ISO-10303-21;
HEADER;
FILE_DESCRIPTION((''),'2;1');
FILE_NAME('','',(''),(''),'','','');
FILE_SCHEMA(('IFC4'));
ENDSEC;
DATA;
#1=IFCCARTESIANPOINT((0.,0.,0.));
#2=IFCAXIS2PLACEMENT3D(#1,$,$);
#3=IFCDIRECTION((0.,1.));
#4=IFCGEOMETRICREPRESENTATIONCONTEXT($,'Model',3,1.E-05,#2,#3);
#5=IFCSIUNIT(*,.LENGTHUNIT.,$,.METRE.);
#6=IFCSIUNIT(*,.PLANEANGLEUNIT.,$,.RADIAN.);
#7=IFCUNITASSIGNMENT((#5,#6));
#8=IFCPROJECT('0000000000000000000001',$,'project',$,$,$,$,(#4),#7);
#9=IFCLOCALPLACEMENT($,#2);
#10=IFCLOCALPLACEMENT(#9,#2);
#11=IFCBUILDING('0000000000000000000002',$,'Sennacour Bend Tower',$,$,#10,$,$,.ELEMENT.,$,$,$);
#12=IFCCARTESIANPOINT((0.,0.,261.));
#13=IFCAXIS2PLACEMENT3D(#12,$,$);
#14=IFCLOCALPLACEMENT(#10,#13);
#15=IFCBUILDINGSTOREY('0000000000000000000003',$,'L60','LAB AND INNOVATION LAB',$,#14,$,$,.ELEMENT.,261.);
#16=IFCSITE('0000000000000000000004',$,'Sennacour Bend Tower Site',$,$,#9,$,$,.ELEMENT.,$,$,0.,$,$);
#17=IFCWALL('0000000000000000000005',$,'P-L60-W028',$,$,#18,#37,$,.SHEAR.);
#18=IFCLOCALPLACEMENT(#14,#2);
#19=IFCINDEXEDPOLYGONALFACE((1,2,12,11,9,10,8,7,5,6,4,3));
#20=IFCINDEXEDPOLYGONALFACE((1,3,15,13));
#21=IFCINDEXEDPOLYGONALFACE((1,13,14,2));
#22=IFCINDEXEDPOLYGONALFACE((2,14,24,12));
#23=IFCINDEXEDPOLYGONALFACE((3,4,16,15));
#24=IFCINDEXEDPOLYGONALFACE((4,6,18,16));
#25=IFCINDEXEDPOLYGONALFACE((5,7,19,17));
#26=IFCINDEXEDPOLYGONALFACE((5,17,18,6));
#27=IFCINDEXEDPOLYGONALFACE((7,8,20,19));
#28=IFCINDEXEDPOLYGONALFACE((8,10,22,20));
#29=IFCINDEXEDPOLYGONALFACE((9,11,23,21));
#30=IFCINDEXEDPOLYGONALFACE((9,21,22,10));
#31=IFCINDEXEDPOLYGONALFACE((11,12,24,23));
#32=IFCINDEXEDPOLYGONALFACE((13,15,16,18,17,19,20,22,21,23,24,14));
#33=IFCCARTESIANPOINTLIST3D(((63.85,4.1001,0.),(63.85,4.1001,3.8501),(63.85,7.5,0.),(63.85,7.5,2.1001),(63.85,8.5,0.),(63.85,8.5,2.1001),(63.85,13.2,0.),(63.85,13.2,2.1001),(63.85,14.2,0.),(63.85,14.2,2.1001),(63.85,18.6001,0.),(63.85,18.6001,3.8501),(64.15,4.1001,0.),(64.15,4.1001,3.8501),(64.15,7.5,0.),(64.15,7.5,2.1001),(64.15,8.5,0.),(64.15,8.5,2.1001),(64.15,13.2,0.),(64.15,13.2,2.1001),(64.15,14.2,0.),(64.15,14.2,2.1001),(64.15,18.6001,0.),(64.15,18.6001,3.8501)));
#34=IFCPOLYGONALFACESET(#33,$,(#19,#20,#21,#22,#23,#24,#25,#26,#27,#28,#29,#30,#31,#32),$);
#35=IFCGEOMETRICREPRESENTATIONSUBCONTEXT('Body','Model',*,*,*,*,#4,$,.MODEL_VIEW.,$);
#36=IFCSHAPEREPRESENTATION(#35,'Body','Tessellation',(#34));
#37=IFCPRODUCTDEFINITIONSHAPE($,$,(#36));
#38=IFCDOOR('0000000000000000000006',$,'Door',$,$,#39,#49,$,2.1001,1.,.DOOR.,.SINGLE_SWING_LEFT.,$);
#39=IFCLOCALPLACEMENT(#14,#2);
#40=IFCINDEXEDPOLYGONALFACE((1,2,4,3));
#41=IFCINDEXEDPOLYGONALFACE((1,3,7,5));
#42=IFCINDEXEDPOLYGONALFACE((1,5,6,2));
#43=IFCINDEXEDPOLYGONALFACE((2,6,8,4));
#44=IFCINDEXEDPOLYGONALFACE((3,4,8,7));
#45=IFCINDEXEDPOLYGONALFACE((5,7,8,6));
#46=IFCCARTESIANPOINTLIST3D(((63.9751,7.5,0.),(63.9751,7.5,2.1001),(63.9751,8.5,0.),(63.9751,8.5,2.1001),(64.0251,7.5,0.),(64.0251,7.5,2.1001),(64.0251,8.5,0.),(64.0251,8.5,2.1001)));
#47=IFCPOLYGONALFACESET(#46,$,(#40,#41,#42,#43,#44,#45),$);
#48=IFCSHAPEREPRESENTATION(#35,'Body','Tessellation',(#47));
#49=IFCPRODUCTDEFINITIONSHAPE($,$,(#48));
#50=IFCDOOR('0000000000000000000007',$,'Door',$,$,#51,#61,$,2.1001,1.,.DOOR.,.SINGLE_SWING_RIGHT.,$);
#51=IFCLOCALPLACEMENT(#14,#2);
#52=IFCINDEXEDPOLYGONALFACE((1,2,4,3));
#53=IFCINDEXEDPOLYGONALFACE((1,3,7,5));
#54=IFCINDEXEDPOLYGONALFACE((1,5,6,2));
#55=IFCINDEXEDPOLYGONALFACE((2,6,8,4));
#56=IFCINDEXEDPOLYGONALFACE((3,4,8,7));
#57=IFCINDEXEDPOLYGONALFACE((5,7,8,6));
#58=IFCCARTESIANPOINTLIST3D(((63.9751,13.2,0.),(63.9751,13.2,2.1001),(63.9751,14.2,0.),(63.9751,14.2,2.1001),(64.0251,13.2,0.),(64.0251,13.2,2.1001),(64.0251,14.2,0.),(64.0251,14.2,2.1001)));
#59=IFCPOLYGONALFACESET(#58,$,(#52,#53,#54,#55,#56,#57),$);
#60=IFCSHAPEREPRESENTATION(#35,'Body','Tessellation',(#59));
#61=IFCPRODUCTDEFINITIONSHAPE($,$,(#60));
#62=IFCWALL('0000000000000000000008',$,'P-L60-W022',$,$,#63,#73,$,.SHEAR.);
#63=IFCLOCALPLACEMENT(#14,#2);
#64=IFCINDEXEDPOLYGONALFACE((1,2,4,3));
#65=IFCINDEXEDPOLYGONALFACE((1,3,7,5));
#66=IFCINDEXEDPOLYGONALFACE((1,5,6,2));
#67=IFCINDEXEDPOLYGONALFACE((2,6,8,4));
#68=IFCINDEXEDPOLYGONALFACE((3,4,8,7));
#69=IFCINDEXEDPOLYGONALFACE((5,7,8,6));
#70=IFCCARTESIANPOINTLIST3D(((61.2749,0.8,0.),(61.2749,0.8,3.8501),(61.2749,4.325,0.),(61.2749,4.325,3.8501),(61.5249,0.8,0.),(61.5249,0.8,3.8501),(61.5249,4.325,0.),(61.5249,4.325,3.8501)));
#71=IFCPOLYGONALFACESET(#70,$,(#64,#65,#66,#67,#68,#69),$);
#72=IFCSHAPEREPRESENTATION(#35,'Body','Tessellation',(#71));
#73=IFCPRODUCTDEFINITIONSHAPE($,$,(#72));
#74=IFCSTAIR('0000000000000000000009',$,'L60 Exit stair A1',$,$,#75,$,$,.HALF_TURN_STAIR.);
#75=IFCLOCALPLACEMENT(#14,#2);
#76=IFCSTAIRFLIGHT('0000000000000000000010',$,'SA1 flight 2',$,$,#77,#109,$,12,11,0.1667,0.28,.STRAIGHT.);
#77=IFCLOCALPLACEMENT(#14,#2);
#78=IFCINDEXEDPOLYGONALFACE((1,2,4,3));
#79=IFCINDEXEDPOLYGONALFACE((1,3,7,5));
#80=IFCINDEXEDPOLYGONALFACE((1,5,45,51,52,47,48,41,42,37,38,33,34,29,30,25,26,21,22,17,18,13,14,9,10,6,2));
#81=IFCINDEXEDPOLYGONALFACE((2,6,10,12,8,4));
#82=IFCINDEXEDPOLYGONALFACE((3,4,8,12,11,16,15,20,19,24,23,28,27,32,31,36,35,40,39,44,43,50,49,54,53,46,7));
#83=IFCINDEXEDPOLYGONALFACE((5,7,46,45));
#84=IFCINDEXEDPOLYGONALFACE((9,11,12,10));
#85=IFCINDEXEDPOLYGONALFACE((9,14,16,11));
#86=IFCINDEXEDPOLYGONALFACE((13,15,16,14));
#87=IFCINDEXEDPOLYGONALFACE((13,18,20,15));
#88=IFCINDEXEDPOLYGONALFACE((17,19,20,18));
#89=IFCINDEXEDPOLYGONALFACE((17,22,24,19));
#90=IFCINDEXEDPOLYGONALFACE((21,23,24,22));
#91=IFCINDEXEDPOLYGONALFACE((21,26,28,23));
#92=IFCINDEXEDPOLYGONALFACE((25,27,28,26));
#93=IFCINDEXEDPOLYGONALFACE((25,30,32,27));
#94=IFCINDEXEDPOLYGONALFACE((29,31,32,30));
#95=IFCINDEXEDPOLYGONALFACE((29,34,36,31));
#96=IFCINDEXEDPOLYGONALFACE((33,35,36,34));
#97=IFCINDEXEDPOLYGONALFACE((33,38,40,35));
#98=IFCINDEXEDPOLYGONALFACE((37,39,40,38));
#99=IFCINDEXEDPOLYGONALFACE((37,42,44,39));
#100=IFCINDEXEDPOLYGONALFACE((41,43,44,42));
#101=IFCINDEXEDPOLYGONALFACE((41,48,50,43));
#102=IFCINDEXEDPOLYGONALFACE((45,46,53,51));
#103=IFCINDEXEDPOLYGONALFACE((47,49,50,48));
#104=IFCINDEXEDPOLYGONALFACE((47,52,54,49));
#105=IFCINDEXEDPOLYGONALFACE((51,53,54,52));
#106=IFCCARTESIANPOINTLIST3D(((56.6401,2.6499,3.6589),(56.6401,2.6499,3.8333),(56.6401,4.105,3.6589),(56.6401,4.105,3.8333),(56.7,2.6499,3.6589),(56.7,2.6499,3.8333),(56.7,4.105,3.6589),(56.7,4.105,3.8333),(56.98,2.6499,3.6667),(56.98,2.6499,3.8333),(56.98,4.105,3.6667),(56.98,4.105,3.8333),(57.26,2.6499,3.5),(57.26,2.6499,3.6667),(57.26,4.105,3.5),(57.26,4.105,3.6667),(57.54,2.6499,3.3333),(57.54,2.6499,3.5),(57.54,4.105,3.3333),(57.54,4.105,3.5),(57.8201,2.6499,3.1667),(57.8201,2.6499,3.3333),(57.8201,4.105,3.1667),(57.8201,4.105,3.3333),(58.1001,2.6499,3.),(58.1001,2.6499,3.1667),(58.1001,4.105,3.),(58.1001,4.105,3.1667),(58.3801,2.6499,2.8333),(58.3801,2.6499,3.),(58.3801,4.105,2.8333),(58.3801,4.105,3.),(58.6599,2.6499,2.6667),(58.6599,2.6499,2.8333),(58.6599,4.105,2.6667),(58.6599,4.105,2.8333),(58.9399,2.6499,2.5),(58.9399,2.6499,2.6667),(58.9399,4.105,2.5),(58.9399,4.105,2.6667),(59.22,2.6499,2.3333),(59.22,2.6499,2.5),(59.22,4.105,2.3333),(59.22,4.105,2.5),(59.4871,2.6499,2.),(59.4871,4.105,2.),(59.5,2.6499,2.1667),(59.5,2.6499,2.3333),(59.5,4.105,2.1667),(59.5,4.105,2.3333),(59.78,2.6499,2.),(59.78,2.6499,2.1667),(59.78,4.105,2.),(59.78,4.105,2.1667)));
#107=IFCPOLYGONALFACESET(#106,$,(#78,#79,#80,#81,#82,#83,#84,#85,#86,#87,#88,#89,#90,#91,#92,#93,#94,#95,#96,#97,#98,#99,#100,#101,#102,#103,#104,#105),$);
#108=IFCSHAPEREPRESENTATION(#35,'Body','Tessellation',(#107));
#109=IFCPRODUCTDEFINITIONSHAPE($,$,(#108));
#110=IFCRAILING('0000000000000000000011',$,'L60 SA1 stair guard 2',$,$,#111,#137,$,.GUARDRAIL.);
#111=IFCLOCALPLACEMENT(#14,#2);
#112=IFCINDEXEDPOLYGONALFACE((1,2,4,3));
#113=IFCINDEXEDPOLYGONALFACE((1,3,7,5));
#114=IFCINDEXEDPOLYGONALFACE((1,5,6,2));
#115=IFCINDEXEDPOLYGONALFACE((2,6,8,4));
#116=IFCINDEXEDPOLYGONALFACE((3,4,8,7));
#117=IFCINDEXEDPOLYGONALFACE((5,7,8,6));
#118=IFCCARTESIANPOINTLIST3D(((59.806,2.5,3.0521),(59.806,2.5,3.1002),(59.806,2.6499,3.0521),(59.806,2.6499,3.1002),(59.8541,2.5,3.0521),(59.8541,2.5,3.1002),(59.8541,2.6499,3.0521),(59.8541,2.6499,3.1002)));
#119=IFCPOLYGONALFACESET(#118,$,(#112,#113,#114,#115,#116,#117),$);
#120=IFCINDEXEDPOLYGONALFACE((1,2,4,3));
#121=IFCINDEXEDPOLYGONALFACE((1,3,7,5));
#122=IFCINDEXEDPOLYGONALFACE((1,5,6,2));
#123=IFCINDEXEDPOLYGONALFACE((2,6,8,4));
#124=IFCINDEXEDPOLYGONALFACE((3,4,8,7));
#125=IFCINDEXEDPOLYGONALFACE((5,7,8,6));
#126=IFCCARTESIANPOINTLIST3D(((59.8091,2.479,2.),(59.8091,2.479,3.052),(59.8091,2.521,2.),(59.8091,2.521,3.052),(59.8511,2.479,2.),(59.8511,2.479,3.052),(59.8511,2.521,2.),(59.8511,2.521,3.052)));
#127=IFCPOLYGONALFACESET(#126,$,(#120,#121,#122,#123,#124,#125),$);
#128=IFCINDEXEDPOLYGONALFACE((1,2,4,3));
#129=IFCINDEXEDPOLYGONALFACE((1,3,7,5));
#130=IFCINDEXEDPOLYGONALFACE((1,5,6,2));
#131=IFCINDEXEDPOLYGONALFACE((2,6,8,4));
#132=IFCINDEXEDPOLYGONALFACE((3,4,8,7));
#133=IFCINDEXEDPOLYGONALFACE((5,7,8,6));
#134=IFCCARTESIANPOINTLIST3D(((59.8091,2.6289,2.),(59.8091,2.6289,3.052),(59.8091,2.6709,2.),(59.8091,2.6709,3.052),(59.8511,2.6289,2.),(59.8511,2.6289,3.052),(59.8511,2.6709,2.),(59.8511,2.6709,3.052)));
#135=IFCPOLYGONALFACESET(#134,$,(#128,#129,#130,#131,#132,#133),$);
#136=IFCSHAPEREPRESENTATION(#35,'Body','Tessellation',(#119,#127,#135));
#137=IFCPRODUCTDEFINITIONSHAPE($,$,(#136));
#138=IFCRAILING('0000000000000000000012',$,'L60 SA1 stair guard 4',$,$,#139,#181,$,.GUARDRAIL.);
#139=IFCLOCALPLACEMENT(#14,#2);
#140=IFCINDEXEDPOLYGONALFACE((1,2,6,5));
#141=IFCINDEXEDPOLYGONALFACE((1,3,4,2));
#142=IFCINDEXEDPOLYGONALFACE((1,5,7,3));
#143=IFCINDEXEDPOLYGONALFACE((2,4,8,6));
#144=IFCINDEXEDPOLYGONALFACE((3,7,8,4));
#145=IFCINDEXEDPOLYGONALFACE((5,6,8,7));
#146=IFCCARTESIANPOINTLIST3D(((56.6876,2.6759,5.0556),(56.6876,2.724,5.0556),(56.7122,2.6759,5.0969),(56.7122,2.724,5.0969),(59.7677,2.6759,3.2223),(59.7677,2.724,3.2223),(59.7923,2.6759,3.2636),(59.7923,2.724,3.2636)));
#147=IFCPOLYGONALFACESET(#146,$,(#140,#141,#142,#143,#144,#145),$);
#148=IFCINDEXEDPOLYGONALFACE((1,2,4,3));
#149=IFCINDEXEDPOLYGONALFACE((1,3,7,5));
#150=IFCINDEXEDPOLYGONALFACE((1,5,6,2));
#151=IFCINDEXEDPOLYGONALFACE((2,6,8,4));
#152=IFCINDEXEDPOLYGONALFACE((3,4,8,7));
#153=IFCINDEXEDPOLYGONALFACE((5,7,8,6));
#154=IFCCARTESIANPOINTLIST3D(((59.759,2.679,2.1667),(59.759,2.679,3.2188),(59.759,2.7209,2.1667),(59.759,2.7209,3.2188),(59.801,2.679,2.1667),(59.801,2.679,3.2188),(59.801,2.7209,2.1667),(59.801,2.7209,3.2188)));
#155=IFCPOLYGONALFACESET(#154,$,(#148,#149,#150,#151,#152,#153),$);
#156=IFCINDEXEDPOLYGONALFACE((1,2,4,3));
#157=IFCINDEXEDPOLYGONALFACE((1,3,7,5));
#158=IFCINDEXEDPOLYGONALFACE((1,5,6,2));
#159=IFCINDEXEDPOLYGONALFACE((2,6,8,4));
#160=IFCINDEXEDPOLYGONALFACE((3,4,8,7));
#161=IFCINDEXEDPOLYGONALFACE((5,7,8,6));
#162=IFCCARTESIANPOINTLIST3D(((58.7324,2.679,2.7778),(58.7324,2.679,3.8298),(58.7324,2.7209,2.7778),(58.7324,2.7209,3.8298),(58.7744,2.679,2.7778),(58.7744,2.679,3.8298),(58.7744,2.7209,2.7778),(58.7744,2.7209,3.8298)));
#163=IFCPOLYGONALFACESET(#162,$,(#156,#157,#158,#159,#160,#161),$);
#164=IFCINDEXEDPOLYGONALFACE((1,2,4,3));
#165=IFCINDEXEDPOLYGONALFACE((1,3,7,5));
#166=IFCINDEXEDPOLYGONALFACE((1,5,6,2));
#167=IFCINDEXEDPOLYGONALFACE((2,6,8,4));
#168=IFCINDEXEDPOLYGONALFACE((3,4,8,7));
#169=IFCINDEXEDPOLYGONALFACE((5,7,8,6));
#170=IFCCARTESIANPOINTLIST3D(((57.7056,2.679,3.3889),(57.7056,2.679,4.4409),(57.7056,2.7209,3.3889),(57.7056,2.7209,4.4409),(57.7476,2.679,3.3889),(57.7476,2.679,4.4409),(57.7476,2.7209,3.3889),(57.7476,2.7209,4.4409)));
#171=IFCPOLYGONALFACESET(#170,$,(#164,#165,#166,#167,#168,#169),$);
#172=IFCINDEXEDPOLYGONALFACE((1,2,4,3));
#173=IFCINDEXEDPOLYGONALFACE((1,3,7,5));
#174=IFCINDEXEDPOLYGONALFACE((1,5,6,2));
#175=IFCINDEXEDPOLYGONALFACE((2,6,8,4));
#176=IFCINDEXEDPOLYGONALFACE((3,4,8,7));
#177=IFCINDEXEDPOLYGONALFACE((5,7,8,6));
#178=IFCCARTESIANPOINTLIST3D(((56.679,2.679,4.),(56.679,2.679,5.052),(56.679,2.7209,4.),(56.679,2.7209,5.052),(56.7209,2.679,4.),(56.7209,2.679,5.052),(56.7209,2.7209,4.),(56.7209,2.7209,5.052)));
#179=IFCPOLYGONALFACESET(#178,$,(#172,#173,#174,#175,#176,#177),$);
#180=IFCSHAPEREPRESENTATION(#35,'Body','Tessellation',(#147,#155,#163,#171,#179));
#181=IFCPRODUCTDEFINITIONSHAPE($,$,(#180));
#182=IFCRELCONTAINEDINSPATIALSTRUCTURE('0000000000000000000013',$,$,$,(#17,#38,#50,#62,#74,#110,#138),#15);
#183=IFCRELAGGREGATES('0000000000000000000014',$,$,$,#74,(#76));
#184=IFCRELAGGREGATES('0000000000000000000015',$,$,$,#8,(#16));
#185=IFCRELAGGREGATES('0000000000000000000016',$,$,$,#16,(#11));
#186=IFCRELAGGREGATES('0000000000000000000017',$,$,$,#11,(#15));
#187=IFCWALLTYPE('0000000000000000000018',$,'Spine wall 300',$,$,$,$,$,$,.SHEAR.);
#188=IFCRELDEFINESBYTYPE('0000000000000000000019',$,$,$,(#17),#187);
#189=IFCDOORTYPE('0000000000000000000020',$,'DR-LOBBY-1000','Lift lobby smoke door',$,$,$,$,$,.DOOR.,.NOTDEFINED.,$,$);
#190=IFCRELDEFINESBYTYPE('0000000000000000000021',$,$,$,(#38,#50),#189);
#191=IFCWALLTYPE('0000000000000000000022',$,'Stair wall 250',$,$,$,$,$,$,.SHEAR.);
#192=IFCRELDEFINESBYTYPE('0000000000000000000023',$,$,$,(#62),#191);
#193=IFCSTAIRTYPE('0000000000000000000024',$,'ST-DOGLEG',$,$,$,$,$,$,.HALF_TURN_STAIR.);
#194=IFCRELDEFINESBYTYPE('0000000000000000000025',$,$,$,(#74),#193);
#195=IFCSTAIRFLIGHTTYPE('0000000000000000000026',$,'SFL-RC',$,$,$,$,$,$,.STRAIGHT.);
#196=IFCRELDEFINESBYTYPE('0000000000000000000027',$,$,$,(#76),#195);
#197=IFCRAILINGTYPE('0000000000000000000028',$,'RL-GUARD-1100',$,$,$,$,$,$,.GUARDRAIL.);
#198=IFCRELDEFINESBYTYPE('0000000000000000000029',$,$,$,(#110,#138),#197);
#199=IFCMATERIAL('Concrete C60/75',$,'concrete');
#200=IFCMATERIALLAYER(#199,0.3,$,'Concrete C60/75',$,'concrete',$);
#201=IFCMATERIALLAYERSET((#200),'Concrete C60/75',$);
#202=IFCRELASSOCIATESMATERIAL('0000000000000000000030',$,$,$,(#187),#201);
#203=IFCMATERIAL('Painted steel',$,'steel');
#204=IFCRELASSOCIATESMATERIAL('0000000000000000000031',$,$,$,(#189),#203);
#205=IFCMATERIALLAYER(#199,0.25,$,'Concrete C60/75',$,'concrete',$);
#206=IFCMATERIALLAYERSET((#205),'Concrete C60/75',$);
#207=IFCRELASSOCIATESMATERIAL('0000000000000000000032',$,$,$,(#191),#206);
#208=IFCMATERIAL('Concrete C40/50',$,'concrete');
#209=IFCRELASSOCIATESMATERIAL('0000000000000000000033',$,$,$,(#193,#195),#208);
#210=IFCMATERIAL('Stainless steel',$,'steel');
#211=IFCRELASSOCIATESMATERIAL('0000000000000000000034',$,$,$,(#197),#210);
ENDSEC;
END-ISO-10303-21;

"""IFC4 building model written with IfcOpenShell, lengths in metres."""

from ifc_helpers import new_model, si_unit, direction, frame, frame_2d, origin, origin_2d, place, context, subcontext, project, spatial, polyline, rectangle, outline, extrude, material, layer, layer_set, type_object, element, fill, aggregate, save


model = new_model("IFC4")

# Units and contexts
model_context = context("Model", 3, precision=1e-05, world=origin(), true_north=direction((0.0, 1.0)))
body_context = subcontext(model_context, "Body", "Model", "MODEL_VIEW")
ifc_project = project(units=[si_unit("LENGTHUNIT", "METRE"), si_unit("PLANEANGLEUNIT", "RADIAN")], contexts=[model_context])

# Site, building, storey
site_placement = place(None, origin())
site = spatial("IfcSite", under=ifc_project, at=site_placement, Name="Sennacour Bend Tower Site", CompositionType="ELEMENT", RefElevation=0.0)
building_placement = place(site_placement, origin())
building = spatial("IfcBuilding", under=site, at=building_placement, Name="Sennacour Bend Tower", CompositionType="ELEMENT")
storey_placement = place(building_placement, frame((0.0, 0.0, 261.0)))
storey = spatial("IfcBuildingStorey", under=building, at=storey_placement, Name="L60", Description="LAB AND INNOVATION LAB", CompositionType="ELEMENT", Elevation=261.0)

# Shared definitions
ifc_material_1 = material(Name="Painted steel", Category="steel")

# Wall, openings, doors
ifc_material_2 = material(Name="Concrete C60/75", Category="concrete")
ifc_layer_1 = layer(ifc_material_2, 0.3, Name="Concrete C60/75", Category="concrete")
ifc_layer_set_1 = layer_set([ifc_layer_1], Name="Concrete C60/75")
wall_type_1 = type_object("IfcWallType", Name="Spine wall 300", PredefinedType="SHEAR", material=ifc_layer_set_1)
wall_1_placement = place(storey_placement, frame((64.0, 4.1001, 0.0), z_axis=(0.0, 0.0, 1.0), x_axis=(0.0, 1.0, 0.0)))
wall_1 = element("IfcWall", 1, at=wall_1_placement, inside=storey, type_object=wall_type_1, Name="P-L60-W028", PredefinedType="SHEAR", context=body_context, shape_type="SweptSolid", body=[
    extrude(rectangle(XDim=14.5, YDim=0.3, at=frame_2d((7.25, 0.0))), origin(), (0.0, 0.0, 1.0), 3.8501),
])
opening_1_placement = place(wall_1_placement, frame((3.3999, 0.0, 0.0)))
opening_1 = element("IfcOpeningElement", 2, at=opening_1_placement, cuts=wall_1, PredefinedType="OPENING", context=body_context, shape_type="SweptSolid", body=[
    extrude(rectangle(XDim=1.0, YDim=2.1001, at=frame_2d((0.5, 1.05))), frame((0.0, 0.1602, 0.0), z_axis=(0.0, -1.0, 0.0), x_axis=(1.0, 0.0, 0.0)), (0.0, 0.0, 1.0), 0.3201),
])
opening_2_placement = place(wall_1_placement, frame((9.0999, 0.0, 0.0)))
opening_2 = element("IfcOpeningElement", 3, at=opening_2_placement, cuts=wall_1, PredefinedType="OPENING", context=body_context, shape_type="SweptSolid", body=[
    extrude(rectangle(XDim=1.0, YDim=2.1001, at=frame_2d((0.5, 1.05))), frame((0.0, 0.1602, 0.0), z_axis=(0.0, -1.0, 0.0), x_axis=(1.0, 0.0, 0.0)), (0.0, 0.0, 1.0), 0.3201),
])
door_type_1 = type_object("IfcDoorType", Name="DR-LOBBY-1000", Description="Lift lobby smoke door", OperationType="NOTDEFINED", PredefinedType="DOOR", material=ifc_material_1)
door_1_placement = place(opening_1_placement, origin())
door_1 = element("IfcDoor", 4, at=door_1_placement, inside=storey, type_object=door_type_1, Name="Door", OperationType="SINGLE_SWING_LEFT", OverallHeight=2.1001, OverallWidth=1.0, PredefinedType="DOOR", context=body_context, shape_type="SweptSolid", body=[
    extrude(rectangle(XDim=1.0, YDim=2.1001, at=frame_2d((0.5, 1.05))), frame((0.0, 0.0249, 0.0), z_axis=(0.0, -1.0, 0.0), x_axis=(1.0, 0.0, 0.0)), (0.0, 0.0, 1.0), 0.05),
])
fill(opening_1, door_1)
door_2_placement = place(opening_2_placement, origin())
door_2 = element("IfcDoor", 5, at=door_2_placement, inside=storey, type_object=door_type_1, Name="Door", OperationType="SINGLE_SWING_RIGHT", OverallHeight=2.1001, OverallWidth=1.0, PredefinedType="DOOR", context=body_context, shape_type="SweptSolid", body=[
    extrude(rectangle(XDim=1.0, YDim=2.1001, at=frame_2d((0.5, 1.05))), frame((0.0, 0.0249, 0.0), z_axis=(0.0, -1.0, 0.0), x_axis=(1.0, 0.0, 0.0)), (0.0, 0.0, 1.0), 0.05),
])
fill(opening_2, door_2)

# Wall
ifc_layer_2 = layer(ifc_material_2, 0.25, Name="Concrete C60/75", Category="concrete")
ifc_layer_set_2 = layer_set([ifc_layer_2], Name="Concrete C60/75")
wall_type_2 = type_object("IfcWallType", Name="Stair wall 250", PredefinedType="SHEAR", material=ifc_layer_set_2)
wall_2_placement = place(storey_placement, frame((61.3999, 0.8, 0.0), z_axis=(0.0, 0.0, 1.0), x_axis=(0.0, 1.0, 0.0)))
element("IfcWall", 6, at=wall_2_placement, inside=storey, type_object=wall_type_2, Name="P-L60-W022", PredefinedType="SHEAR", context=body_context, shape_type="SweptSolid", body=[
    extrude(rectangle(XDim=3.5249, YDim=0.25, at=frame_2d((1.7625, 0.0))), origin(), (0.0, 0.0, 1.0), 3.8501),
])

# Stair, stair flight
ifc_material_3 = material(Name="Concrete C40/50", Category="concrete")
stair_type = type_object("IfcStairType", Name="ST-DOGLEG", PredefinedType="HALF_TURN_STAIR", material=ifc_material_3)
stair_placement = place(storey_placement, origin())
stair = element("IfcStair", 7, at=stair_placement, inside=storey, type_object=stair_type, Name="L60 Exit stair A1", PredefinedType="HALF_TURN_STAIR")
stair_flight_type = type_object("IfcStairFlightType", Name="SFL-RC", PredefinedType="STRAIGHT", material=ifc_material_3)
stair_flight_placement = place(storey_placement, frame((59.78, 3.3774, 2.0), z_axis=(0.0, 0.0, 1.0), x_axis=(-1.0, 0.0, 0.0)))
stair_flight = element("IfcStairFlight", 8, at=stair_flight_placement, type_object=stair_flight_type, Name="SA1 flight 2", NumberOfRisers=12, NumberOfTreads=11, PredefinedType="STRAIGHT", RiserHeight=0.1667, TreadLength=0.28, context=body_context, shape_type="SweptSolid", body=[
    extrude(outline(polyline([(0.0, 0.0), (0.0, 0.1667), (0.28, 0.1667), (0.28, 0.3333), (0.5601, 0.3333), (0.5601, 0.5), (0.8401, 0.5), (0.8401, 0.6667), (1.1201, 0.6667), (1.1201, 0.8333), (1.3999, 0.8333), (1.3999, 1.0), (1.6799, 1.0), (1.6799, 1.1667), (1.96, 1.1667), (1.96, 1.3333), (2.24, 1.3333), (2.24, 1.5), (2.52, 1.5), (2.52, 1.6667), (2.8, 1.6667), (2.8, 1.8333), (3.0801, 1.8333), (3.1399, 1.8333), (3.1399, 1.6589), (3.0801, 1.6589), (0.293, 0.0), (0.0, 0.0)])), frame((0.0, 0.7275, 0.0), z_axis=(0.0, -1.0, 0.0), x_axis=(1.0, 0.0, 0.0)), (0.0, 0.0, 1.0), 1.4551),
])
aggregate(stair, [stair_flight])

# Railings
ifc_material_4 = material(Name="Stainless steel", Category="steel")
railing_type_1 = type_object("IfcRailingType", Name="RL-GUARD-1100", PredefinedType="GUARDRAIL", material=ifc_material_4)
railing_1_placement = place(storey_placement, frame((59.8301, 2.5, 2.0)))
element("IfcRailing", 9, at=railing_1_placement, inside=storey, type_object=railing_type_1, Name="L60 SA1 stair guard 2", PredefinedType="GUARDRAIL", context=body_context, shape_type="SweptSolid", body=[
    extrude(rectangle(XDim=0.0481, YDim=0.0481, at=origin_2d()), frame((0.0, 0.0, 1.0762), z_axis=(0.0, 1.0, 0.0), x_axis=(-1.0, 0.0, 0.0)), (0.0, 0.0, 1.0), 0.1499),
    extrude(rectangle(XDim=0.042, YDim=0.042, at=origin_2d()), origin(), (0.0, 0.0, 1.0), 1.052),
    extrude(rectangle(XDim=0.042, YDim=0.042, at=origin_2d()), frame((0.0, 0.1499, 0.0)), (0.0, 0.0, 1.0), 1.052),
])
railing_2_placement = place(storey_placement, frame((59.78, 2.7, 2.1667)))
element("IfcRailing", 10, at=railing_2_placement, inside=storey, type_object=railing_type_1, Name="L60 SA1 stair guard 4", PredefinedType="GUARDRAIL", context=body_context, shape_type="SweptSolid", body=[
    extrude(rectangle(XDim=0.0481, YDim=0.0481, at=origin_2d()), frame((0.0, 0.0, 1.0762), z_axis=(-0.859309, 0.0, 0.511458), x_axis=(0.0, -1.0, 0.0)), (0.0, 0.0, 1.0), 3.5845),
    extrude(rectangle(XDim=0.042, YDim=0.042, at=origin_2d()), origin(), (0.0, 0.0, 1.0), 1.052),
    extrude(rectangle(XDim=0.042, YDim=0.042, at=origin_2d()), frame((-1.0266, 0.0, 0.6111)), (0.0, 0.0, 1.0), 1.052),
    extrude(rectangle(XDim=0.042, YDim=0.042, at=origin_2d()), frame((-2.0535, 0.0, 1.2222)), (0.0, 0.0, 1.0), 1.052),
    extrude(rectangle(XDim=0.042, YDim=0.042, at=origin_2d()), frame((-3.0801, 0.0, 1.8333)), (0.0, 0.0, 1.0), 1.052),
])

save(model, "model.ifc")
